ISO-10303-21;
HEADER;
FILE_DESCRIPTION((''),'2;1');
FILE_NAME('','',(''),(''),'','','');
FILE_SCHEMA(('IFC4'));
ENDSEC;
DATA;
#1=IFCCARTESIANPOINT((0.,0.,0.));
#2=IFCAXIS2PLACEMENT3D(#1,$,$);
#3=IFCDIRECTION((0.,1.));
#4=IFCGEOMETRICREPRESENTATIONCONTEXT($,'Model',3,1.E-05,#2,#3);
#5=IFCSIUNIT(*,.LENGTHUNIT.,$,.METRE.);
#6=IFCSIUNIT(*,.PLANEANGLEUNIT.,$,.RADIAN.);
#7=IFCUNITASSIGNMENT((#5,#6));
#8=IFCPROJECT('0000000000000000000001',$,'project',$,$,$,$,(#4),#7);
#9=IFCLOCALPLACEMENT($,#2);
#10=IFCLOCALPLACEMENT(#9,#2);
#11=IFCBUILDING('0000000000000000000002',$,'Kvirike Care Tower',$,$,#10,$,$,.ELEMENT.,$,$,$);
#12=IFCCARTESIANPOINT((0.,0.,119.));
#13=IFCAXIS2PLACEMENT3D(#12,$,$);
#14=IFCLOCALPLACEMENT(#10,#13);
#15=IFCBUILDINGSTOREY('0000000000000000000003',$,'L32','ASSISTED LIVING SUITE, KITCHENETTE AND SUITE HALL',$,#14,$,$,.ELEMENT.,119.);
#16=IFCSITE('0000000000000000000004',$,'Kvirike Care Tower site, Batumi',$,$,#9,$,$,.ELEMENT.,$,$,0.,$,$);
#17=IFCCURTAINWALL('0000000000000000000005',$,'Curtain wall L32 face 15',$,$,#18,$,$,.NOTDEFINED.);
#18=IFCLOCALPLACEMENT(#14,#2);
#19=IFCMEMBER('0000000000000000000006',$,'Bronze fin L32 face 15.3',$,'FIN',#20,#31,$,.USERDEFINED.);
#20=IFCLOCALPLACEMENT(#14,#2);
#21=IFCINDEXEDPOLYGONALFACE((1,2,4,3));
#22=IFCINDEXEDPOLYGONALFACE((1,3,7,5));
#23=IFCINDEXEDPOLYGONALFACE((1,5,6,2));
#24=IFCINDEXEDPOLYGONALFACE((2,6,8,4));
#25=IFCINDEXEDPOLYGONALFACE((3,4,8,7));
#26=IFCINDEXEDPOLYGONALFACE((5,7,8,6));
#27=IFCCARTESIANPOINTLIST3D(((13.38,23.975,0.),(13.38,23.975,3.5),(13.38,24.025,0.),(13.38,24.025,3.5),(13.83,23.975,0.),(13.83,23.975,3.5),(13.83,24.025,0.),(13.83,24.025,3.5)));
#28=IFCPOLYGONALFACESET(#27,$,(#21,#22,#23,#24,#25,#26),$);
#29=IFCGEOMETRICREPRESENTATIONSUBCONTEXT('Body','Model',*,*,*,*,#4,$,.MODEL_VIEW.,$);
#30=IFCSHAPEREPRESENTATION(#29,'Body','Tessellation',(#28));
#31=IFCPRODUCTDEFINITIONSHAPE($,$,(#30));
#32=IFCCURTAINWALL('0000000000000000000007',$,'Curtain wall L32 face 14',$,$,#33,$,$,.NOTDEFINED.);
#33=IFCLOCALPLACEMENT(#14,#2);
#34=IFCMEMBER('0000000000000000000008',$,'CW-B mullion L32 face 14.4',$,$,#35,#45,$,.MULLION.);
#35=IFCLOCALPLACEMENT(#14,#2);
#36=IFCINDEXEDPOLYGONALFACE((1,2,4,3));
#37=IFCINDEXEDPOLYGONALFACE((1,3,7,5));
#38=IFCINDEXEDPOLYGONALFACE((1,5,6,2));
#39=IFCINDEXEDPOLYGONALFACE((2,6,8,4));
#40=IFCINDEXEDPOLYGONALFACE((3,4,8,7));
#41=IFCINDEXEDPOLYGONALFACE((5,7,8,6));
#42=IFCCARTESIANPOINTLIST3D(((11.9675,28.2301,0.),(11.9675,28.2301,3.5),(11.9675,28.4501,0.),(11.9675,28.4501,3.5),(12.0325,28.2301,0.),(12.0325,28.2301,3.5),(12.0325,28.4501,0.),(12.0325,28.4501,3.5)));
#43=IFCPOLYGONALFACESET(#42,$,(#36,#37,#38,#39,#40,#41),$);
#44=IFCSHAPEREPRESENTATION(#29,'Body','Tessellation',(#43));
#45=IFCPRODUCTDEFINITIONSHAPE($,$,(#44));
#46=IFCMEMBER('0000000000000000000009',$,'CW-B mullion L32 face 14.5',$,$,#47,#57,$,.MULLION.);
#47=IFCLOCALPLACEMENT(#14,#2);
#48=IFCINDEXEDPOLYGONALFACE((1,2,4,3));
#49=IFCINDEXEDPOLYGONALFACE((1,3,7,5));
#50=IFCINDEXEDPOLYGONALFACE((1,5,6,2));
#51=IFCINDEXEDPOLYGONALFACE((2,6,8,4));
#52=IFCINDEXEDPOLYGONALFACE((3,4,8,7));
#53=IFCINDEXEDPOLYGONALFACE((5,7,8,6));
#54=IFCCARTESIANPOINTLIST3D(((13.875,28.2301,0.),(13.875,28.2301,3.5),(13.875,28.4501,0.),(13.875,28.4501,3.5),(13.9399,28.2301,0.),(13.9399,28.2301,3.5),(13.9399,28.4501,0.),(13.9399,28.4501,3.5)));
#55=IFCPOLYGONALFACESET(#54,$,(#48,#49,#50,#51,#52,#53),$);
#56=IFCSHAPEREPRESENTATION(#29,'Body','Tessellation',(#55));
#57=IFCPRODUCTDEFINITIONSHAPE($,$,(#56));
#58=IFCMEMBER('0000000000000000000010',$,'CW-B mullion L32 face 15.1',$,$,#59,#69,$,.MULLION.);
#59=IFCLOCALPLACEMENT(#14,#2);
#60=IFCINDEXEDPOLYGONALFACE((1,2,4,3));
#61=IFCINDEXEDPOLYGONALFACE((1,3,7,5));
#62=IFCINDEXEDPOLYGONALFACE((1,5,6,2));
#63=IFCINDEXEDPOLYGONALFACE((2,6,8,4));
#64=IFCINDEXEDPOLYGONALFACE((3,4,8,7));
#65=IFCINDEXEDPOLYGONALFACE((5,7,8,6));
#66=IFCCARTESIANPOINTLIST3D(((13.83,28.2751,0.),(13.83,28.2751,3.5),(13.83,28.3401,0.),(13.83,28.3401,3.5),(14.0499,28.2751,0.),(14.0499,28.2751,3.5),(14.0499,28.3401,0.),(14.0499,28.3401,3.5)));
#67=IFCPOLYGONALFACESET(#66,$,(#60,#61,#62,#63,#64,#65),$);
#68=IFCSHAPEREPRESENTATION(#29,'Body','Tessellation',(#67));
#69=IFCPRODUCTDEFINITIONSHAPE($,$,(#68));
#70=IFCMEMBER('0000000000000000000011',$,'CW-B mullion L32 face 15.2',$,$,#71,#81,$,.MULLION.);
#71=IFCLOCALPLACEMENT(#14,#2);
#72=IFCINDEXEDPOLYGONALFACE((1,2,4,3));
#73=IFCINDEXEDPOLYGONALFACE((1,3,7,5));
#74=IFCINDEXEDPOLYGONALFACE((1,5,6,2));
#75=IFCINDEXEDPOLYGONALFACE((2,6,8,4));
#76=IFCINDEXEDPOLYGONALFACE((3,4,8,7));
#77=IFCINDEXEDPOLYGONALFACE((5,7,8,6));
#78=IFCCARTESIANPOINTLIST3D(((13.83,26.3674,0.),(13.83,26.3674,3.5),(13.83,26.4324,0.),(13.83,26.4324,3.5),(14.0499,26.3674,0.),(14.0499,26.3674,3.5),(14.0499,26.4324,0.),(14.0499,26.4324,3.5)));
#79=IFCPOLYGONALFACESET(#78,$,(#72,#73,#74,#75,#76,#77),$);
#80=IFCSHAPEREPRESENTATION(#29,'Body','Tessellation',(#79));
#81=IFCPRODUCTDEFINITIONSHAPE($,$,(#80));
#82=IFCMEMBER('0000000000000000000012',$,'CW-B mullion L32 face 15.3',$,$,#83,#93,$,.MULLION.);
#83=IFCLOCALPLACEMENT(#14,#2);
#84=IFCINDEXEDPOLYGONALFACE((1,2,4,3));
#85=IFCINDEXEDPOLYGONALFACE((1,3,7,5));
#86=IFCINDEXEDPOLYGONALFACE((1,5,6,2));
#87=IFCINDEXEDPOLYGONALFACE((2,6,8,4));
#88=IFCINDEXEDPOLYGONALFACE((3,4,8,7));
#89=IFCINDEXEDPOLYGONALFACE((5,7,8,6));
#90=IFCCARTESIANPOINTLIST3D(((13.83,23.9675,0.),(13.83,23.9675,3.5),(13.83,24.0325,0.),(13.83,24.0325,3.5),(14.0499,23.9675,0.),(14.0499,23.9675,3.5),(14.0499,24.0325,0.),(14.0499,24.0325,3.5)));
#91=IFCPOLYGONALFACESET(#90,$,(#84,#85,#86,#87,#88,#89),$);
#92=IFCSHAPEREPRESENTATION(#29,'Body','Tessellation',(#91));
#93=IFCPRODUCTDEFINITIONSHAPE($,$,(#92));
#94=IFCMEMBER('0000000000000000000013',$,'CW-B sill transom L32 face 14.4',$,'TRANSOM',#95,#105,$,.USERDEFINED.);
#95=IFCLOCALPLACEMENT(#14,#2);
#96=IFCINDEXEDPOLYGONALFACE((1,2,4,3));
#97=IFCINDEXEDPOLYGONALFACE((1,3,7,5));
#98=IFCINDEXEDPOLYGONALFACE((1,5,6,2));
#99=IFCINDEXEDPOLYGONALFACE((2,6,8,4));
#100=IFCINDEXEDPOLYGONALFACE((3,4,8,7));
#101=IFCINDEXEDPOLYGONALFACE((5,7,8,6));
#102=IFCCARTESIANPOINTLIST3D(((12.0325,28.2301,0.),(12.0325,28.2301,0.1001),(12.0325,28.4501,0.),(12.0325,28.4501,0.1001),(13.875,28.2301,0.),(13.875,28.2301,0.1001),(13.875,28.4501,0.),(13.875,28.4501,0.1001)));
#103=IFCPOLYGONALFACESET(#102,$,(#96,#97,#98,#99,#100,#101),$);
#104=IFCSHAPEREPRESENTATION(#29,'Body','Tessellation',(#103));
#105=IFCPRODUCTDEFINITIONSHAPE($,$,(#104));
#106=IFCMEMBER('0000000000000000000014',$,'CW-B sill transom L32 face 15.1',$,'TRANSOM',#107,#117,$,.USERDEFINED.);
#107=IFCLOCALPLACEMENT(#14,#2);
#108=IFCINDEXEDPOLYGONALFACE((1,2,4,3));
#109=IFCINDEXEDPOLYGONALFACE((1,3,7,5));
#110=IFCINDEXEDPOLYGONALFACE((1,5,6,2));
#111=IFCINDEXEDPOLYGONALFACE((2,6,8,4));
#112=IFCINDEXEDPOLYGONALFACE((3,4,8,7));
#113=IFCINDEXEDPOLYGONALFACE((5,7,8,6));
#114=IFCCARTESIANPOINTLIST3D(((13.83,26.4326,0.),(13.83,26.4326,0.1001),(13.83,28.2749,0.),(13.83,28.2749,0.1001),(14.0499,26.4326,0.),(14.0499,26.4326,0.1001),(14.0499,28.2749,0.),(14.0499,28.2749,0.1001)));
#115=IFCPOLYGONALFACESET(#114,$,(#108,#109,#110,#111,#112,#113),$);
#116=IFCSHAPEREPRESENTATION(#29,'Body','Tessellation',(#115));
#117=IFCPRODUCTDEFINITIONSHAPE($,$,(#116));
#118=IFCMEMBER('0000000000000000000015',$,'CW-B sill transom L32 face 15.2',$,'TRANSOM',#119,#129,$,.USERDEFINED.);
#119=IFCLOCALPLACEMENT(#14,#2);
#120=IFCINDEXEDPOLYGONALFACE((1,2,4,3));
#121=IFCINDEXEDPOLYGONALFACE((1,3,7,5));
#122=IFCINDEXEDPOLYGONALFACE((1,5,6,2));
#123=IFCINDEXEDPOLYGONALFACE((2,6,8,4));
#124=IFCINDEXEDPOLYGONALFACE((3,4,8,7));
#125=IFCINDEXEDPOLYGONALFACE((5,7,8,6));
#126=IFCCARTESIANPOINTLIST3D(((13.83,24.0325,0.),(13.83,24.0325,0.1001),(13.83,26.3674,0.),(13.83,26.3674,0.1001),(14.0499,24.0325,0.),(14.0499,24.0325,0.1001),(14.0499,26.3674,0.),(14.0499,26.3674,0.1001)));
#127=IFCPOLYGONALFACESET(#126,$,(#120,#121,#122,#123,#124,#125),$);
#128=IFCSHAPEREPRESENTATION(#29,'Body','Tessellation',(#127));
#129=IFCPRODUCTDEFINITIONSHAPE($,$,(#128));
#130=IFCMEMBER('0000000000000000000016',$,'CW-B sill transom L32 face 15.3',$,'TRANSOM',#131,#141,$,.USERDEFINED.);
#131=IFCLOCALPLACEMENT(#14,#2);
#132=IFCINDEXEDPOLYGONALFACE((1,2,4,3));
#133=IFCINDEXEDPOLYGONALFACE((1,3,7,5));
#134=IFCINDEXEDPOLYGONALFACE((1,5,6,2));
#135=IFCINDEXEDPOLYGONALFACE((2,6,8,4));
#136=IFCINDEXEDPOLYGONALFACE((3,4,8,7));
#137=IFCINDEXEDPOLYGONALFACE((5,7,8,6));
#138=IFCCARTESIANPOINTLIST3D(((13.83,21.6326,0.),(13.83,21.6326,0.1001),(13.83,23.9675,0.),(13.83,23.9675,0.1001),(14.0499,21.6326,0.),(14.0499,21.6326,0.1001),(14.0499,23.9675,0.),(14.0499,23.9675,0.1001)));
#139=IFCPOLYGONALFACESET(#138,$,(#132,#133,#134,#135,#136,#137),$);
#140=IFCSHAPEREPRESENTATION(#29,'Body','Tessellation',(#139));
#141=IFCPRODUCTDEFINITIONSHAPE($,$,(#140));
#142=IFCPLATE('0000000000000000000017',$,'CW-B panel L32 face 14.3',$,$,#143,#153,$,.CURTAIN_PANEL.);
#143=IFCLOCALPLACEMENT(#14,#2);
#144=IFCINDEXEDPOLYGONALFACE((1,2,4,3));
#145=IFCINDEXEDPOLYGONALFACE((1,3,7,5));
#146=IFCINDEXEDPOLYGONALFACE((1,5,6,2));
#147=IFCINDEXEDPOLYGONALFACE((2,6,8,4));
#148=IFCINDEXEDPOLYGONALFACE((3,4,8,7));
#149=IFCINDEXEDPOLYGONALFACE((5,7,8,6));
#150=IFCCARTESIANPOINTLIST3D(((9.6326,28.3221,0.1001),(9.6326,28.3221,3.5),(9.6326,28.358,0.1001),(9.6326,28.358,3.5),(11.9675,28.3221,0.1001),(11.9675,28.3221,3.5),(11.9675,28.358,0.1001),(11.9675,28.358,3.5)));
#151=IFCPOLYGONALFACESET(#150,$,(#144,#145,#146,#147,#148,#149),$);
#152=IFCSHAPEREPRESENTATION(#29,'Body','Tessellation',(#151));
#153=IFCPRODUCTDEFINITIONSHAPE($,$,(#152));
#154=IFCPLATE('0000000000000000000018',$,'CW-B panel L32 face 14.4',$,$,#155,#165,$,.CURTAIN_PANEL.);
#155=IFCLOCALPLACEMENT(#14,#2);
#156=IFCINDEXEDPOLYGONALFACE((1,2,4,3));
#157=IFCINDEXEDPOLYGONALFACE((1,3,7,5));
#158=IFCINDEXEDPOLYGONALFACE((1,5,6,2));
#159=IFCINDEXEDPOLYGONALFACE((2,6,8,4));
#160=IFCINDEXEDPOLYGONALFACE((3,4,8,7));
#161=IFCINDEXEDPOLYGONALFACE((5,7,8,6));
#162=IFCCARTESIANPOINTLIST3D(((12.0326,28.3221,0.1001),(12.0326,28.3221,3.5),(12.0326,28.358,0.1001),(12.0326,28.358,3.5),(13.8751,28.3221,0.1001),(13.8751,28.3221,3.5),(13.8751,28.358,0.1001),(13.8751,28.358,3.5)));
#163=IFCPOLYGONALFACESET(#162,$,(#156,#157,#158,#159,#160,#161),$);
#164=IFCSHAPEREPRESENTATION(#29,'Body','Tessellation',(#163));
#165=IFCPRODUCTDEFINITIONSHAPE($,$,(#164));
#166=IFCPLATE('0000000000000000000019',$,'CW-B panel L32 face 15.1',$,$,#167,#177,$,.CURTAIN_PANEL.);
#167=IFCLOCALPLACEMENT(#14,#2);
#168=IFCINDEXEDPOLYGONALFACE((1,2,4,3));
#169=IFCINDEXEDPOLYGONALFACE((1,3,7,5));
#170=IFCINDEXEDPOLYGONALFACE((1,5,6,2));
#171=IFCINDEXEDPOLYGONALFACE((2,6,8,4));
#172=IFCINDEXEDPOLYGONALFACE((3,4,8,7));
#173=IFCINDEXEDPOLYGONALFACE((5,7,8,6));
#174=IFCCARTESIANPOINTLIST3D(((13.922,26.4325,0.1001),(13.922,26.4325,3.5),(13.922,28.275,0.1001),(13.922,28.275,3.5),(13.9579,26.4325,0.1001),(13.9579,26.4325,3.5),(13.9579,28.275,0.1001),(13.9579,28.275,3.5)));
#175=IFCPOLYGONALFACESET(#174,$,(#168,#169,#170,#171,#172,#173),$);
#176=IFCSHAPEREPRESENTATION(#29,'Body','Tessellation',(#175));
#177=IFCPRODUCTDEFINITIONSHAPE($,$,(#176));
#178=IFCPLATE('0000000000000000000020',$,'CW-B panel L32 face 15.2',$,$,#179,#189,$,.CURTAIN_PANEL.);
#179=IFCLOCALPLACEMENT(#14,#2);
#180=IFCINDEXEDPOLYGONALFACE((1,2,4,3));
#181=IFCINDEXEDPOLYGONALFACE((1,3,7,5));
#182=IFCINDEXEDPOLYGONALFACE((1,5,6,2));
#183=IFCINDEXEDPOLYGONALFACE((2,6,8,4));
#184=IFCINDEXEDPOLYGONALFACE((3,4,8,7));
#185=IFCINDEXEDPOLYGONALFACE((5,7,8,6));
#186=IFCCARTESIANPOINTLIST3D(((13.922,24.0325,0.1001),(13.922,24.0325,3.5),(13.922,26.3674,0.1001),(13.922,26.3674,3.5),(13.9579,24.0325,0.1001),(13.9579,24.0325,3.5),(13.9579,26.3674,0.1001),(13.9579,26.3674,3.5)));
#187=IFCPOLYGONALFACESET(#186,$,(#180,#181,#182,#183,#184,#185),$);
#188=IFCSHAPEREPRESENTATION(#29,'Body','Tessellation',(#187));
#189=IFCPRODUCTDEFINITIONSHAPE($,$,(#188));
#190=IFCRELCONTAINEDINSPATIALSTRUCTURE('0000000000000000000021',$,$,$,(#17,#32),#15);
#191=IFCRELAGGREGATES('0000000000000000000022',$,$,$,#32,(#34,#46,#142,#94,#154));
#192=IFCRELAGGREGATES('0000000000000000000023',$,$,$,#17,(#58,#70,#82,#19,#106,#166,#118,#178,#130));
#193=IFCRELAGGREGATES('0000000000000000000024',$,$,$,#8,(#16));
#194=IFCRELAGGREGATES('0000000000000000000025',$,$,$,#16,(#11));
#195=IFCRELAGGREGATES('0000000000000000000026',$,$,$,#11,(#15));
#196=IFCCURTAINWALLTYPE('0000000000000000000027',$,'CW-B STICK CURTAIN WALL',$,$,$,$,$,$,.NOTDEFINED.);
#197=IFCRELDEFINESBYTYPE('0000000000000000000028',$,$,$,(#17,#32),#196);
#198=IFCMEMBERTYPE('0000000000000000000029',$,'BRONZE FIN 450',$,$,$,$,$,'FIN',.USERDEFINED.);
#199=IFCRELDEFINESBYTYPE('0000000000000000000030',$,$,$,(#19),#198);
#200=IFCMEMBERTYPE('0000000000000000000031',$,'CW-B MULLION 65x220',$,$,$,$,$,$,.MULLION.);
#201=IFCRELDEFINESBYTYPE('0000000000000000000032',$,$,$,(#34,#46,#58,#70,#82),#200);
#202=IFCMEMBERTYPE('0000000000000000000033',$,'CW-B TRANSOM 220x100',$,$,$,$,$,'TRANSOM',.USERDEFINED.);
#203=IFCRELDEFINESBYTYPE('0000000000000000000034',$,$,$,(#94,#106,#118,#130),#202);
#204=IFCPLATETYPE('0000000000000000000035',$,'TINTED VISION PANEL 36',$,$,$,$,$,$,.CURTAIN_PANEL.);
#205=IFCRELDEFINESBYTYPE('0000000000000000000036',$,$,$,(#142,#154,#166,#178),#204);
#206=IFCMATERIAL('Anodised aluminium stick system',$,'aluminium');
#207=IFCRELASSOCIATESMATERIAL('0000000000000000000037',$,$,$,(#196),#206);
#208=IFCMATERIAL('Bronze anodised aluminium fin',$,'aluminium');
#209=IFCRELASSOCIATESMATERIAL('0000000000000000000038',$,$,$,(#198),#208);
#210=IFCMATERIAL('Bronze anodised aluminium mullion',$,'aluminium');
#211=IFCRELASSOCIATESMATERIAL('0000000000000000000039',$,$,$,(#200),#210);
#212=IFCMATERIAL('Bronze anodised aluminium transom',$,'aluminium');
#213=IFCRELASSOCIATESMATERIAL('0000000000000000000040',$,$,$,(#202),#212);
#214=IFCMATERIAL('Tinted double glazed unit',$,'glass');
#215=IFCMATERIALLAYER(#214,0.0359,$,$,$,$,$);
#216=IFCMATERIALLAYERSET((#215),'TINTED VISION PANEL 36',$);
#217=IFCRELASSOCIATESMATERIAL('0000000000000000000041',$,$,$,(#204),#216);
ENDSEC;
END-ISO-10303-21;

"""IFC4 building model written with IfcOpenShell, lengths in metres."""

from ifc_helpers import new_model, si_unit, direction, frame, origin, origin_2d, place, context, subcontext, project, spatial, rectangle, extrude, material, layer, layer_set, material_profile, profile_set, type_object, element, aggregate, save


model = new_model("IFC4")

# Units and contexts
model_context = context("Model", 3, precision=1e-05, world=origin(), true_north=direction((0.0, 1.0)))
body_context = subcontext(model_context, "Body", "Model", "MODEL_VIEW")
ifc_project = project(units=[si_unit("LENGTHUNIT", "METRE"), si_unit("PLANEANGLEUNIT", "RADIAN")], contexts=[model_context])

# Site, building, storey
site_placement = place(None, origin())
site = spatial("IfcSite", under=ifc_project, at=site_placement, Name="Kvirike Care Tower site, Batumi", CompositionType="ELEMENT", RefElevation=0.0)
building_placement = place(site_placement, origin())
building = spatial("IfcBuilding", under=site, at=building_placement, Name="Kvirike Care Tower", CompositionType="ELEMENT")
storey_placement = place(building_placement, frame((0.0, 0.0, 119.0)))
storey = spatial("IfcBuildingStorey", under=building, at=storey_placement, Name="L32", Description="ASSISTED LIVING SUITE, KITCHENETTE AND SUITE HALL", CompositionType="ELEMENT", Elevation=119.0)

# Curtain wall, member
ifc_material_1 = material(Name="Anodised aluminium stick system", Category="aluminium")
curtain_wall_type = type_object("IfcCurtainWallType", Name="CW-B STICK CURTAIN WALL", PredefinedType="NOTDEFINED", material=ifc_material_1)
curtain_wall_1_placement = place(storey_placement, origin())
curtain_wall_1 = element("IfcCurtainWall", 1, at=curtain_wall_1_placement, inside=storey, type_object=curtain_wall_type, Name="Curtain wall L32 face 15", PredefinedType="NOTDEFINED")
ifc_material_2 = material(Name="Bronze anodised aluminium fin", Category="aluminium")
ifc_material_profile_1 = material_profile(ifc_material_2, rectangle(XDim=0.05, YDim=0.45, at=origin_2d()), Name="BRONZE FIN 450")
ifc_profile_set_1 = profile_set([ifc_material_profile_1], Name="Bronze anodised aluminium fin")
member_type_1 = type_object("IfcMemberType", Name="BRONZE FIN 450", ElementType="FIN", PredefinedType="USERDEFINED", material=ifc_profile_set_1)
member_1_placement = place(storey_placement, frame((13.605, 24.0, 0.0), z_axis=(0.0, 0.0, 1.0), x_axis=(0.0, -1.0, 0.0)))
member_1 = element("IfcMember", 2, at=member_1_placement, type_object=member_type_1, Name="Bronze fin L32 face 15.3", ObjectType="FIN", PredefinedType="USERDEFINED", context=body_context, shape_type="SweptSolid", body=[
    extrude(rectangle(XDim=0.05, YDim=0.45, at=origin_2d()), origin(), (0.0, 0.0, 1.0), 3.5),
])

# Curtain wall, members
curtain_wall_2_placement = place(storey_placement, origin())
curtain_wall_2 = element("IfcCurtainWall", 3, at=curtain_wall_2_placement, inside=storey, type_object=curtain_wall_type, Name="Curtain wall L32 face 14", PredefinedType="NOTDEFINED")
ifc_material_3 = material(Name="Bronze anodised aluminium mullion", Category="aluminium")
ifc_material_profile_2 = material_profile(ifc_material_3, rectangle(XDim=0.0649, YDim=0.22, at=origin_2d()), Name="CW-B MULLION 65x220")
ifc_profile_set_2 = profile_set([ifc_material_profile_2], Name="Bronze anodised aluminium mullion")
member_type_2 = type_object("IfcMemberType", Name="CW-B MULLION 65x220", PredefinedType="MULLION", material=ifc_profile_set_2)
member_2_placement = place(storey_placement, frame((12.0, 28.3401, 0.0), z_axis=(0.0, 0.0, 1.0), x_axis=(1.0, 0.0, 0.0)))
member_2 = element("IfcMember", 4, at=member_2_placement, type_object=member_type_2, Name="CW-B mullion L32 face 14.4", PredefinedType="MULLION", context=body_context, shape_type="SweptSolid", body=[
    extrude(rectangle(XDim=0.0649, YDim=0.22, at=origin_2d()), origin(), (0.0, 0.0, 1.0), 3.5),
])
member_3_placement = place(storey_placement, frame((13.9075, 28.3401, 0.0), z_axis=(0.0, 0.0, 1.0), x_axis=(1.0, 0.0, 0.0)))
member_3 = element("IfcMember", 5, at=member_3_placement, type_object=member_type_2, Name="CW-B mullion L32 face 14.5", PredefinedType="MULLION", context=body_context, shape_type="SweptSolid", body=[
    extrude(rectangle(XDim=0.0649, YDim=0.22, at=origin_2d()), origin(), (0.0, 0.0, 1.0), 3.5),
])

# Members
member_4_placement = place(storey_placement, frame((13.9399, 28.3076, 0.0), z_axis=(0.0, 0.0, 1.0), x_axis=(0.0, -1.0, 0.0)))
member_4 = element("IfcMember", 6, at=member_4_placement, type_object=member_type_2, Name="CW-B mullion L32 face 15.1", PredefinedType="MULLION", context=body_context, shape_type="SweptSolid", body=[
    extrude(rectangle(XDim=0.0649, YDim=0.22, at=origin_2d()), origin(), (0.0, 0.0, 1.0), 3.5),
])
member_5_placement = place(storey_placement, frame((13.9399, 26.3999, 0.0), z_axis=(0.0, 0.0, 1.0), x_axis=(0.0, -1.0, 0.0)))
member_5 = element("IfcMember", 7, at=member_5_placement, type_object=member_type_2, Name="CW-B mullion L32 face 15.2", PredefinedType="MULLION", context=body_context, shape_type="SweptSolid", body=[
    extrude(rectangle(XDim=0.0649, YDim=0.22, at=origin_2d()), origin(), (0.0, 0.0, 1.0), 3.5),
])
member_6_placement = place(storey_placement, frame((13.9399, 24.0, 0.0), z_axis=(0.0, 0.0, 1.0), x_axis=(0.0, -1.0, 0.0)))
member_6 = element("IfcMember", 8, at=member_6_placement, type_object=member_type_2, Name="CW-B mullion L32 face 15.3", PredefinedType="MULLION", context=body_context, shape_type="SweptSolid", body=[
    extrude(rectangle(XDim=0.0649, YDim=0.22, at=origin_2d()), origin(), (0.0, 0.0, 1.0), 3.5),
])
ifc_material_4 = material(Name="Bronze anodised aluminium transom", Category="aluminium")
ifc_material_profile_3 = material_profile(ifc_material_4, rectangle(XDim=0.22, YDim=0.1001, at=origin_2d()), Name="CW-B TRANSOM 220x100")
ifc_profile_set_3 = profile_set([ifc_material_profile_3], Name="Bronze anodised aluminium transom")
member_type_3 = type_object("IfcMemberType", Name="CW-B TRANSOM 220x100", ElementType="TRANSOM", PredefinedType="USERDEFINED", material=ifc_profile_set_3)
member_7_placement = place(storey_placement, frame((12.0325, 28.3401, 0.05), z_axis=(1.0, 0.0, 0.0), x_axis=(0.0, 1.0, 0.0)))
member_7 = element("IfcMember", 9, at=member_7_placement, type_object=member_type_3, Name="CW-B sill transom L32 face 14.4", ObjectType="TRANSOM", PredefinedType="USERDEFINED", context=body_context, shape_type="SweptSolid", body=[
    extrude(rectangle(XDim=0.22, YDim=0.1001, at=origin_2d()), origin(), (0.0, 0.0, 1.0), 1.8425),
])
member_8_placement = place(storey_placement, frame((13.9399, 28.2749, 0.05), z_axis=(0.0, -1.0, 0.0), x_axis=(1.0, 0.0, 0.0)))
member_8 = element("IfcMember", 10, at=member_8_placement, type_object=member_type_3, Name="CW-B sill transom L32 face 15.1", ObjectType="TRANSOM", PredefinedType="USERDEFINED", context=body_context, shape_type="SweptSolid", body=[
    extrude(rectangle(XDim=0.22, YDim=0.1001, at=origin_2d()), origin(), (0.0, 0.0, 1.0), 1.8423),
])
member_9_placement = place(storey_placement, frame((13.9399, 26.3674, 0.05), z_axis=(0.0, -1.0, 0.0), x_axis=(1.0, 0.0, 0.0)))
member_9 = element("IfcMember", 11, at=member_9_placement, type_object=member_type_3, Name="CW-B sill transom L32 face 15.2", ObjectType="TRANSOM", PredefinedType="USERDEFINED", context=body_context, shape_type="SweptSolid", body=[
    extrude(rectangle(XDim=0.22, YDim=0.1001, at=origin_2d()), origin(), (0.0, 0.0, 1.0), 2.335),
])
member_10_placement = place(storey_placement, frame((13.9399, 23.9675, 0.05), z_axis=(0.0, -1.0, 0.0), x_axis=(1.0, 0.0, 0.0)))
member_10 = element("IfcMember", 12, at=member_10_placement, type_object=member_type_3, Name="CW-B sill transom L32 face 15.3", ObjectType="TRANSOM", PredefinedType="USERDEFINED", context=body_context, shape_type="SweptSolid", body=[
    extrude(rectangle(XDim=0.22, YDim=0.1001, at=origin_2d()), origin(), (0.0, 0.0, 1.0), 2.335),
])

# Plates
ifc_material_5 = material(Name="Tinted double glazed unit", Category="glass")
ifc_layer_1 = layer(ifc_material_5, 0.0359)
ifc_layer_set_1 = layer_set([ifc_layer_1], Name="TINTED VISION PANEL 36")
plate_type = type_object("IfcPlateType", Name="TINTED VISION PANEL 36", PredefinedType="CURTAIN_PANEL", material=ifc_layer_set_1)
plate_1_placement = place(storey_placement, frame((10.8, 28.3401, 0.1001), z_axis=(0.0, 0.0, 1.0), x_axis=(1.0, 0.0, 0.0)))
plate_1 = element("IfcPlate", 13, at=plate_1_placement, type_object=plate_type, Name="CW-B panel L32 face 14.3", PredefinedType="CURTAIN_PANEL", context=body_context, shape_type="SweptSolid", body=[
    extrude(rectangle(XDim=2.335, YDim=0.0359, at=origin_2d()), origin(), (0.0, 0.0, 1.0), 3.3999),
])
plate_2_placement = place(storey_placement, frame((12.9539, 28.3401, 0.1001), z_axis=(0.0, 0.0, 1.0), x_axis=(1.0, 0.0, 0.0)))
plate_2 = element("IfcPlate", 14, at=plate_2_placement, type_object=plate_type, Name="CW-B panel L32 face 14.4", PredefinedType="CURTAIN_PANEL", context=body_context, shape_type="SweptSolid", body=[
    extrude(rectangle(XDim=1.8425, YDim=0.0359, at=origin_2d()), origin(), (0.0, 0.0, 1.0), 3.3999),
])
aggregate(curtain_wall_2, [member_2, member_3, plate_1, member_7, plate_2])
plate_3_placement = place(storey_placement, frame((13.9399, 27.3538, 0.1001), z_axis=(0.0, 0.0, 1.0), x_axis=(0.0, -1.0, 0.0)))
plate_3 = element("IfcPlate", 15, at=plate_3_placement, type_object=plate_type, Name="CW-B panel L32 face 15.1", PredefinedType="CURTAIN_PANEL", context=body_context, shape_type="SweptSolid", body=[
    extrude(rectangle(XDim=1.8425, YDim=0.0359, at=origin_2d()), origin(), (0.0, 0.0, 1.0), 3.3999),
])
plate_4_placement = place(storey_placement, frame((13.9399, 25.2, 0.1001), z_axis=(0.0, 0.0, 1.0), x_axis=(0.0, -1.0, 0.0)))
plate_4 = element("IfcPlate", 16, at=plate_4_placement, type_object=plate_type, Name="CW-B panel L32 face 15.2", PredefinedType="CURTAIN_PANEL", context=body_context, shape_type="SweptSolid", body=[
    extrude(rectangle(XDim=2.335, YDim=0.0359, at=origin_2d()), origin(), (0.0, 0.0, 1.0), 3.3999),
])
aggregate(curtain_wall_1, [member_4, member_5, member_6, member_1, member_8, plate_3, member_9, plate_4, member_10])

save(model, "model.ifc")
